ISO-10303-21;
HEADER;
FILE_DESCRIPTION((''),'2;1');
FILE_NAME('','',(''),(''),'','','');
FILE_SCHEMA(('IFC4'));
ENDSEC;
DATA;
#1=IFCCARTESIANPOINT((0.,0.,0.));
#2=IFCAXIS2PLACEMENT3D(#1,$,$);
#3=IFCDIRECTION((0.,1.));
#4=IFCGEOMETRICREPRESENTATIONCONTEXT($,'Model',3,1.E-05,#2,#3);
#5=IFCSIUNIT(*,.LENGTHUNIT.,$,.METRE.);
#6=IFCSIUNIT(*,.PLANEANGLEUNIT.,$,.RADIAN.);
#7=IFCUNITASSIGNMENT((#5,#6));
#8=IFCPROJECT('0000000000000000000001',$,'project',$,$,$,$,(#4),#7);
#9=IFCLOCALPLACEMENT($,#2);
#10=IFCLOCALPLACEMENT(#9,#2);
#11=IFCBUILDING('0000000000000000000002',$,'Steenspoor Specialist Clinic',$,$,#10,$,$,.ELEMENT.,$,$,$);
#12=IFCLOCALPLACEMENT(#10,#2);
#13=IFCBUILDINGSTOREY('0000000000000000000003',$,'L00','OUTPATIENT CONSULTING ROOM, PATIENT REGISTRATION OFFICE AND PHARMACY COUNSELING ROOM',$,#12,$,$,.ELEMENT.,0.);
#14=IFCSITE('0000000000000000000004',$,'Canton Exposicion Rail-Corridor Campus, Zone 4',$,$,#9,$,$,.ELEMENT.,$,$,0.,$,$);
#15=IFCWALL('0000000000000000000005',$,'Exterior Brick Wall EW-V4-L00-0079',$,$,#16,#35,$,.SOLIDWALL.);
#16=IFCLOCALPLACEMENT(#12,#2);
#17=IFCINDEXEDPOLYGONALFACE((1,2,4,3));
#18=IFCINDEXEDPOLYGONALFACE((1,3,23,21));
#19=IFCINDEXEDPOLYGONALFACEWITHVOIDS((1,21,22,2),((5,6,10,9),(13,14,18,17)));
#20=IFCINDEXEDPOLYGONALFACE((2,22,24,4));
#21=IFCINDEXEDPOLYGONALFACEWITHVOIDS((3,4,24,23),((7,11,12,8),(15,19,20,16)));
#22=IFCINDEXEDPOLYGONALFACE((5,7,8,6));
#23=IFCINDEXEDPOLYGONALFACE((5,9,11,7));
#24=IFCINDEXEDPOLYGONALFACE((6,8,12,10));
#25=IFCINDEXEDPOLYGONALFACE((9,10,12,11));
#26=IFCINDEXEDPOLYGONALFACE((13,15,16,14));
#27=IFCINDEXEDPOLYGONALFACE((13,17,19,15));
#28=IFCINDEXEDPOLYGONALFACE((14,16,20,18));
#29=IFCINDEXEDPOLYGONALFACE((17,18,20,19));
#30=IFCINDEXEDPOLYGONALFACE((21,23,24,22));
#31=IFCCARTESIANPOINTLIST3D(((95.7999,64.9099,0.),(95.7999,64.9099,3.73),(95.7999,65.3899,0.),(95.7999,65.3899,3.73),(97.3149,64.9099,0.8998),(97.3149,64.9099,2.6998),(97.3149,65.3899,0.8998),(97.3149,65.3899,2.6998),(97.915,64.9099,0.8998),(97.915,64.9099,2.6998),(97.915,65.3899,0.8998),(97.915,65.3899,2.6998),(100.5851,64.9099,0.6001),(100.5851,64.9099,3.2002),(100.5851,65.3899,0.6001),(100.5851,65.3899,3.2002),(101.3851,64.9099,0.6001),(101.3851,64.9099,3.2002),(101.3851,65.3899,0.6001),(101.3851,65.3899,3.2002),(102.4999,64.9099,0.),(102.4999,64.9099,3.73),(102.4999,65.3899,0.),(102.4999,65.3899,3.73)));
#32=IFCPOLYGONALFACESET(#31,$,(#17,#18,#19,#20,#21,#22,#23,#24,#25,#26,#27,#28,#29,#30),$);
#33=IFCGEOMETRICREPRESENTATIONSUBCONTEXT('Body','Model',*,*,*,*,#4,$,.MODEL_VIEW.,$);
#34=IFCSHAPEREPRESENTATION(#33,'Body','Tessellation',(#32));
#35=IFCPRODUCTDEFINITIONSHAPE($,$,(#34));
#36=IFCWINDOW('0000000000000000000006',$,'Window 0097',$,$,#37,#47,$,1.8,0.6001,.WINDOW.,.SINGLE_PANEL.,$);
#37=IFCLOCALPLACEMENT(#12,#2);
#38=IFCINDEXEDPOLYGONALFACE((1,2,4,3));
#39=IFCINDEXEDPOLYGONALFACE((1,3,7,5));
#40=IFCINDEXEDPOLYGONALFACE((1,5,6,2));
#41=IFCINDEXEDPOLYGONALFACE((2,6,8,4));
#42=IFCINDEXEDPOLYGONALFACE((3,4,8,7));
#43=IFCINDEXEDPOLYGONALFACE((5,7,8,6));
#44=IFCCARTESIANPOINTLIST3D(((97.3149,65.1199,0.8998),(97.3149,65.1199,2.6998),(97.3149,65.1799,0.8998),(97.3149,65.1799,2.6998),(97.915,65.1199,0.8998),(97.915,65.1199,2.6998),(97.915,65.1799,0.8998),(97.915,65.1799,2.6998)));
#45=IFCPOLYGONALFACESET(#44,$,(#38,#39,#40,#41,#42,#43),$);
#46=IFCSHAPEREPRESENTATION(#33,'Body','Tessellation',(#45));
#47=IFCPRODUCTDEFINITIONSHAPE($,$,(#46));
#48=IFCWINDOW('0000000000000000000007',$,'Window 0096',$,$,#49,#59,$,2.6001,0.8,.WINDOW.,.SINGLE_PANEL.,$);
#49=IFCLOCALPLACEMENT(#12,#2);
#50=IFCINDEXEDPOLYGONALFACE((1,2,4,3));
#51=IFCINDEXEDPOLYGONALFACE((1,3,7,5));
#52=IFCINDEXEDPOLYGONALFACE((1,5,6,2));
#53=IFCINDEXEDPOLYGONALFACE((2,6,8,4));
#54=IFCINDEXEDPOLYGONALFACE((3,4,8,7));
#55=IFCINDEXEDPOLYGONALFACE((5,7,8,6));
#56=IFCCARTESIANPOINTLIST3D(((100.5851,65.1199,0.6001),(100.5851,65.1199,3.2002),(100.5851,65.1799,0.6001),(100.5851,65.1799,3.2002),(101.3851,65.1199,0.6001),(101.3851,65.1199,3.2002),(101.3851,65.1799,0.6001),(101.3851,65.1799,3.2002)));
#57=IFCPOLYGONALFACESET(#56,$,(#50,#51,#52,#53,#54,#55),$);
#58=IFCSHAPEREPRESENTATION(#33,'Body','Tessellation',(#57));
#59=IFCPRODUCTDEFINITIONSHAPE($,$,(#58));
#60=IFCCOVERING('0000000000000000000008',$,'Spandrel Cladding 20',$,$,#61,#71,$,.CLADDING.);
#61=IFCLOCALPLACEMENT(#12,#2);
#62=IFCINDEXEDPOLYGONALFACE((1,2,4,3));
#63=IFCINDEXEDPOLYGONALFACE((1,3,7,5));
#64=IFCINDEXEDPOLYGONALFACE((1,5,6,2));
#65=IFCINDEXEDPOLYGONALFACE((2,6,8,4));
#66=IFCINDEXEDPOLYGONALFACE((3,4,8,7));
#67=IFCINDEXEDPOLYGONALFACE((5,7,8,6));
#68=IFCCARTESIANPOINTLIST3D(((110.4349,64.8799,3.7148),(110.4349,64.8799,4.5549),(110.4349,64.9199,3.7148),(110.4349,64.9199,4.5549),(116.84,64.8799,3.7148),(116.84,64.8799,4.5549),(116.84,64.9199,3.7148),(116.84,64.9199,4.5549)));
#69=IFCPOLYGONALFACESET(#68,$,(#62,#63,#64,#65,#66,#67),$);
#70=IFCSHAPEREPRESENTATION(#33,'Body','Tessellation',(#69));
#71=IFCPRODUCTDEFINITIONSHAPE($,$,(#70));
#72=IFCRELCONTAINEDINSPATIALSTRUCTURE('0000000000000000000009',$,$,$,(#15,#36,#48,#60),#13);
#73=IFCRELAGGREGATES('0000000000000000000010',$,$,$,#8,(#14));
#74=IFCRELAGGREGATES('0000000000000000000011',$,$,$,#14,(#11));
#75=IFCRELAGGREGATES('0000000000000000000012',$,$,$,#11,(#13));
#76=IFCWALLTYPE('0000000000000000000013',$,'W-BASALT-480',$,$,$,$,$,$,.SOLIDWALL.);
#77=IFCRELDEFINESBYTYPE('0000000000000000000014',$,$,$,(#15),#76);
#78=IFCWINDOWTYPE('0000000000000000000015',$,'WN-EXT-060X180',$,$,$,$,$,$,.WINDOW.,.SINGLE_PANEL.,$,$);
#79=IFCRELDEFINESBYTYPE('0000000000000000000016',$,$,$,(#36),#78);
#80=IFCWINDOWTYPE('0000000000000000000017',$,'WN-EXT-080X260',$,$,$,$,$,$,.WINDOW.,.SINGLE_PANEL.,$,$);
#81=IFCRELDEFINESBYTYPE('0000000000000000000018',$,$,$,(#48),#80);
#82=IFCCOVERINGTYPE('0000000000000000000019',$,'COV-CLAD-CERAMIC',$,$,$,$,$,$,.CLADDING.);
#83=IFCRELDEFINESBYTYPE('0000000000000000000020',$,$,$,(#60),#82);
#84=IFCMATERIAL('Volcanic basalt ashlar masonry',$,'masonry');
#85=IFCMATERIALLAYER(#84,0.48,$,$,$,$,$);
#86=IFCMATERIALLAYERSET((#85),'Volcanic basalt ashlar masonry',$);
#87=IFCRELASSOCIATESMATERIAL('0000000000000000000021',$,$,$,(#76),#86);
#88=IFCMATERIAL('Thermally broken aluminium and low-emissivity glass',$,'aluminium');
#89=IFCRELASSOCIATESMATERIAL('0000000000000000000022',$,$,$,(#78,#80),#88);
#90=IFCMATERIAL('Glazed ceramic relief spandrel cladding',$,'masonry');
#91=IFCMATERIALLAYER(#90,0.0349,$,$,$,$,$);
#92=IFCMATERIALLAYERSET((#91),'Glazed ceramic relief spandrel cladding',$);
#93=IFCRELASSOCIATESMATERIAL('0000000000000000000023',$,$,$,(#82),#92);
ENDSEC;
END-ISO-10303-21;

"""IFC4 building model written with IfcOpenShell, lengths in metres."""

from ifc_helpers import new_model, si_unit, direction, frame, frame_2d, origin, origin_2d, place, context, subcontext, project, spatial, rectangle, extrude, material, layer, layer_set, type_object, element, fill, save


model = new_model("IFC4")

# Units and contexts
model_context = context("Model", 3, precision=1e-05, world=origin(), true_north=direction((0.0, 1.0)))
body_context = subcontext(model_context, "Body", "Model", "MODEL_VIEW")
ifc_project = project(units=[si_unit("LENGTHUNIT", "METRE"), si_unit("PLANEANGLEUNIT", "RADIAN")], contexts=[model_context])

# Site, building, storey
site_placement = place(None, origin())
site = spatial("IfcSite", under=ifc_project, at=site_placement, Name="Canton Exposicion Rail-Corridor Campus, Zone 4", CompositionType="ELEMENT", RefElevation=0.0)
building_placement = place(site_placement, origin())
building = spatial("IfcBuilding", under=site, at=building_placement, Name="Steenspoor Specialist Clinic", CompositionType="ELEMENT")
storey_placement = place(building_placement, origin())
storey = spatial("IfcBuildingStorey", under=building, at=storey_placement, Name="L00", Description="OUTPATIENT CONSULTING ROOM, PATIENT REGISTRATION OFFICE AND PHARMACY COUNSELING ROOM", CompositionType="ELEMENT", Elevation=0.0)

# Shared definitions
ifc_material_1 = material(Name="Thermally broken aluminium and low-emissivity glass", Category="aluminium")

# Wall, openings, windows
ifc_material_2 = material(Name="Volcanic basalt ashlar masonry", Category="masonry")
ifc_layer_1 = layer(ifc_material_2, 0.48)
ifc_layer_set_1 = layer_set([ifc_layer_1], Name="Volcanic basalt ashlar masonry")
wall_type = type_object("IfcWallType", Name="W-BASALT-480", PredefinedType="SOLIDWALL", material=ifc_layer_set_1)
wall_placement = place(storey_placement, frame((102.5, 65.1499, 0.0), z_axis=(0.0, 0.0, 1.0), x_axis=(-1.0, 0.0, 0.0)))
wall = element("IfcWall", 1, at=wall_placement, inside=storey, type_object=wall_type, Name="Exterior Brick Wall EW-V4-L00-0079", PredefinedType="SOLIDWALL", context=body_context, shape_type="SweptSolid", body=[
    extrude(rectangle(XDim=6.7, YDim=0.48, at=frame_2d((3.3501, 0.0))), origin(), (0.0, 0.0, 1.0), 3.73),
])
opening_1_placement = place(wall_placement, frame((1.115, 0.0, 0.6001)))
opening_1 = element("IfcOpeningElement", 2, at=opening_1_placement, cuts=wall, PredefinedType="OPENING", context=body_context, shape_type="SweptSolid", body=[
    extrude(rectangle(XDim=0.8, YDim=2.6001, at=frame_2d((0.3999, 1.3))), frame((0.0, 0.25, 0.0), z_axis=(0.0, -1.0, 0.0), x_axis=(1.0, 0.0, 0.0)), (0.0, 0.0, 1.0), 0.5),
])
opening_2_placement = place(wall_placement, frame((4.585, 0.0, 0.8999)))
opening_2 = element("IfcOpeningElement", 3, at=opening_2_placement, cuts=wall, PredefinedType="OPENING", context=body_context, shape_type="SweptSolid", body=[
    extrude(rectangle(XDim=0.6001, YDim=1.8, at=frame_2d((0.3, 0.8999))), frame((0.0, 0.25, 0.0), z_axis=(0.0, -1.0, 0.0), x_axis=(1.0, 0.0, 0.0)), (0.0, 0.0, 1.0), 0.5),
])
window_type_1 = type_object("IfcWindowType", Name="WN-EXT-060X180", PartitioningType="SINGLE_PANEL", PredefinedType="WINDOW", material=ifc_material_1)
window_1_placement = place(opening_2_placement, origin())
window_1 = element("IfcWindow", 4, at=window_1_placement, inside=storey, type_object=window_type_1, Name="Window 0097", OverallHeight=1.8, OverallWidth=0.6001, PartitioningType="SINGLE_PANEL", PredefinedType="WINDOW", context=body_context, shape_type="SweptSolid", body=[
    extrude(rectangle(XDim=0.6001, YDim=1.8, at=frame_2d((0.3, 0.8999))), frame((0.0, 0.03, 0.0), z_axis=(0.0, -1.0, 0.0), x_axis=(1.0, 0.0, 0.0)), (0.0, 0.0, 1.0), 0.0601),
])
fill(opening_2, window_1)
window_type_2 = type_object("IfcWindowType", Name="WN-EXT-080X260", PartitioningType="SINGLE_PANEL", PredefinedType="WINDOW", material=ifc_material_1)
window_2_placement = place(opening_1_placement, origin())
window_2 = element("IfcWindow", 5, at=window_2_placement, inside=storey, type_object=window_type_2, Name="Window 0096", OverallHeight=2.6001, OverallWidth=0.8, PartitioningType="SINGLE_PANEL", PredefinedType="WINDOW", context=body_context, shape_type="SweptSolid", body=[
    extrude(rectangle(XDim=0.8, YDim=2.6001, at=frame_2d((0.3999, 1.3))), frame((0.0, 0.03, 0.0), z_axis=(0.0, -1.0, 0.0), x_axis=(1.0, 0.0, 0.0)), (0.0, 0.0, 1.0), 0.0601),
])
fill(opening_1, window_2)

# Covering
ifc_material_3 = material(Name="Glazed ceramic relief spandrel cladding", Category="masonry")
ifc_layer_2 = layer(ifc_material_3, 0.0349)
ifc_layer_set_2 = layer_set([ifc_layer_2], Name="Glazed ceramic relief spandrel cladding")
covering_type = type_object("IfcCoveringType", Name="COV-CLAD-CERAMIC", PredefinedType="CLADDING", material=ifc_layer_set_2)
covering_placement = place(storey_placement, frame((113.6375, 64.8999, 3.7148), z_axis=(0.0, 0.0, 1.0), x_axis=(-1.0, 0.0, 0.0)))
element("IfcCovering", 6, at=covering_placement, inside=storey, type_object=covering_type, Name="Spandrel Cladding 20", PredefinedType="CLADDING", context=body_context, shape_type="SweptSolid", body=[
    extrude(rectangle(XDim=6.405, YDim=0.04, at=origin_2d()), origin(), (0.0, 0.0, 1.0), 0.8401),
])

save(model, "model.ifc")
